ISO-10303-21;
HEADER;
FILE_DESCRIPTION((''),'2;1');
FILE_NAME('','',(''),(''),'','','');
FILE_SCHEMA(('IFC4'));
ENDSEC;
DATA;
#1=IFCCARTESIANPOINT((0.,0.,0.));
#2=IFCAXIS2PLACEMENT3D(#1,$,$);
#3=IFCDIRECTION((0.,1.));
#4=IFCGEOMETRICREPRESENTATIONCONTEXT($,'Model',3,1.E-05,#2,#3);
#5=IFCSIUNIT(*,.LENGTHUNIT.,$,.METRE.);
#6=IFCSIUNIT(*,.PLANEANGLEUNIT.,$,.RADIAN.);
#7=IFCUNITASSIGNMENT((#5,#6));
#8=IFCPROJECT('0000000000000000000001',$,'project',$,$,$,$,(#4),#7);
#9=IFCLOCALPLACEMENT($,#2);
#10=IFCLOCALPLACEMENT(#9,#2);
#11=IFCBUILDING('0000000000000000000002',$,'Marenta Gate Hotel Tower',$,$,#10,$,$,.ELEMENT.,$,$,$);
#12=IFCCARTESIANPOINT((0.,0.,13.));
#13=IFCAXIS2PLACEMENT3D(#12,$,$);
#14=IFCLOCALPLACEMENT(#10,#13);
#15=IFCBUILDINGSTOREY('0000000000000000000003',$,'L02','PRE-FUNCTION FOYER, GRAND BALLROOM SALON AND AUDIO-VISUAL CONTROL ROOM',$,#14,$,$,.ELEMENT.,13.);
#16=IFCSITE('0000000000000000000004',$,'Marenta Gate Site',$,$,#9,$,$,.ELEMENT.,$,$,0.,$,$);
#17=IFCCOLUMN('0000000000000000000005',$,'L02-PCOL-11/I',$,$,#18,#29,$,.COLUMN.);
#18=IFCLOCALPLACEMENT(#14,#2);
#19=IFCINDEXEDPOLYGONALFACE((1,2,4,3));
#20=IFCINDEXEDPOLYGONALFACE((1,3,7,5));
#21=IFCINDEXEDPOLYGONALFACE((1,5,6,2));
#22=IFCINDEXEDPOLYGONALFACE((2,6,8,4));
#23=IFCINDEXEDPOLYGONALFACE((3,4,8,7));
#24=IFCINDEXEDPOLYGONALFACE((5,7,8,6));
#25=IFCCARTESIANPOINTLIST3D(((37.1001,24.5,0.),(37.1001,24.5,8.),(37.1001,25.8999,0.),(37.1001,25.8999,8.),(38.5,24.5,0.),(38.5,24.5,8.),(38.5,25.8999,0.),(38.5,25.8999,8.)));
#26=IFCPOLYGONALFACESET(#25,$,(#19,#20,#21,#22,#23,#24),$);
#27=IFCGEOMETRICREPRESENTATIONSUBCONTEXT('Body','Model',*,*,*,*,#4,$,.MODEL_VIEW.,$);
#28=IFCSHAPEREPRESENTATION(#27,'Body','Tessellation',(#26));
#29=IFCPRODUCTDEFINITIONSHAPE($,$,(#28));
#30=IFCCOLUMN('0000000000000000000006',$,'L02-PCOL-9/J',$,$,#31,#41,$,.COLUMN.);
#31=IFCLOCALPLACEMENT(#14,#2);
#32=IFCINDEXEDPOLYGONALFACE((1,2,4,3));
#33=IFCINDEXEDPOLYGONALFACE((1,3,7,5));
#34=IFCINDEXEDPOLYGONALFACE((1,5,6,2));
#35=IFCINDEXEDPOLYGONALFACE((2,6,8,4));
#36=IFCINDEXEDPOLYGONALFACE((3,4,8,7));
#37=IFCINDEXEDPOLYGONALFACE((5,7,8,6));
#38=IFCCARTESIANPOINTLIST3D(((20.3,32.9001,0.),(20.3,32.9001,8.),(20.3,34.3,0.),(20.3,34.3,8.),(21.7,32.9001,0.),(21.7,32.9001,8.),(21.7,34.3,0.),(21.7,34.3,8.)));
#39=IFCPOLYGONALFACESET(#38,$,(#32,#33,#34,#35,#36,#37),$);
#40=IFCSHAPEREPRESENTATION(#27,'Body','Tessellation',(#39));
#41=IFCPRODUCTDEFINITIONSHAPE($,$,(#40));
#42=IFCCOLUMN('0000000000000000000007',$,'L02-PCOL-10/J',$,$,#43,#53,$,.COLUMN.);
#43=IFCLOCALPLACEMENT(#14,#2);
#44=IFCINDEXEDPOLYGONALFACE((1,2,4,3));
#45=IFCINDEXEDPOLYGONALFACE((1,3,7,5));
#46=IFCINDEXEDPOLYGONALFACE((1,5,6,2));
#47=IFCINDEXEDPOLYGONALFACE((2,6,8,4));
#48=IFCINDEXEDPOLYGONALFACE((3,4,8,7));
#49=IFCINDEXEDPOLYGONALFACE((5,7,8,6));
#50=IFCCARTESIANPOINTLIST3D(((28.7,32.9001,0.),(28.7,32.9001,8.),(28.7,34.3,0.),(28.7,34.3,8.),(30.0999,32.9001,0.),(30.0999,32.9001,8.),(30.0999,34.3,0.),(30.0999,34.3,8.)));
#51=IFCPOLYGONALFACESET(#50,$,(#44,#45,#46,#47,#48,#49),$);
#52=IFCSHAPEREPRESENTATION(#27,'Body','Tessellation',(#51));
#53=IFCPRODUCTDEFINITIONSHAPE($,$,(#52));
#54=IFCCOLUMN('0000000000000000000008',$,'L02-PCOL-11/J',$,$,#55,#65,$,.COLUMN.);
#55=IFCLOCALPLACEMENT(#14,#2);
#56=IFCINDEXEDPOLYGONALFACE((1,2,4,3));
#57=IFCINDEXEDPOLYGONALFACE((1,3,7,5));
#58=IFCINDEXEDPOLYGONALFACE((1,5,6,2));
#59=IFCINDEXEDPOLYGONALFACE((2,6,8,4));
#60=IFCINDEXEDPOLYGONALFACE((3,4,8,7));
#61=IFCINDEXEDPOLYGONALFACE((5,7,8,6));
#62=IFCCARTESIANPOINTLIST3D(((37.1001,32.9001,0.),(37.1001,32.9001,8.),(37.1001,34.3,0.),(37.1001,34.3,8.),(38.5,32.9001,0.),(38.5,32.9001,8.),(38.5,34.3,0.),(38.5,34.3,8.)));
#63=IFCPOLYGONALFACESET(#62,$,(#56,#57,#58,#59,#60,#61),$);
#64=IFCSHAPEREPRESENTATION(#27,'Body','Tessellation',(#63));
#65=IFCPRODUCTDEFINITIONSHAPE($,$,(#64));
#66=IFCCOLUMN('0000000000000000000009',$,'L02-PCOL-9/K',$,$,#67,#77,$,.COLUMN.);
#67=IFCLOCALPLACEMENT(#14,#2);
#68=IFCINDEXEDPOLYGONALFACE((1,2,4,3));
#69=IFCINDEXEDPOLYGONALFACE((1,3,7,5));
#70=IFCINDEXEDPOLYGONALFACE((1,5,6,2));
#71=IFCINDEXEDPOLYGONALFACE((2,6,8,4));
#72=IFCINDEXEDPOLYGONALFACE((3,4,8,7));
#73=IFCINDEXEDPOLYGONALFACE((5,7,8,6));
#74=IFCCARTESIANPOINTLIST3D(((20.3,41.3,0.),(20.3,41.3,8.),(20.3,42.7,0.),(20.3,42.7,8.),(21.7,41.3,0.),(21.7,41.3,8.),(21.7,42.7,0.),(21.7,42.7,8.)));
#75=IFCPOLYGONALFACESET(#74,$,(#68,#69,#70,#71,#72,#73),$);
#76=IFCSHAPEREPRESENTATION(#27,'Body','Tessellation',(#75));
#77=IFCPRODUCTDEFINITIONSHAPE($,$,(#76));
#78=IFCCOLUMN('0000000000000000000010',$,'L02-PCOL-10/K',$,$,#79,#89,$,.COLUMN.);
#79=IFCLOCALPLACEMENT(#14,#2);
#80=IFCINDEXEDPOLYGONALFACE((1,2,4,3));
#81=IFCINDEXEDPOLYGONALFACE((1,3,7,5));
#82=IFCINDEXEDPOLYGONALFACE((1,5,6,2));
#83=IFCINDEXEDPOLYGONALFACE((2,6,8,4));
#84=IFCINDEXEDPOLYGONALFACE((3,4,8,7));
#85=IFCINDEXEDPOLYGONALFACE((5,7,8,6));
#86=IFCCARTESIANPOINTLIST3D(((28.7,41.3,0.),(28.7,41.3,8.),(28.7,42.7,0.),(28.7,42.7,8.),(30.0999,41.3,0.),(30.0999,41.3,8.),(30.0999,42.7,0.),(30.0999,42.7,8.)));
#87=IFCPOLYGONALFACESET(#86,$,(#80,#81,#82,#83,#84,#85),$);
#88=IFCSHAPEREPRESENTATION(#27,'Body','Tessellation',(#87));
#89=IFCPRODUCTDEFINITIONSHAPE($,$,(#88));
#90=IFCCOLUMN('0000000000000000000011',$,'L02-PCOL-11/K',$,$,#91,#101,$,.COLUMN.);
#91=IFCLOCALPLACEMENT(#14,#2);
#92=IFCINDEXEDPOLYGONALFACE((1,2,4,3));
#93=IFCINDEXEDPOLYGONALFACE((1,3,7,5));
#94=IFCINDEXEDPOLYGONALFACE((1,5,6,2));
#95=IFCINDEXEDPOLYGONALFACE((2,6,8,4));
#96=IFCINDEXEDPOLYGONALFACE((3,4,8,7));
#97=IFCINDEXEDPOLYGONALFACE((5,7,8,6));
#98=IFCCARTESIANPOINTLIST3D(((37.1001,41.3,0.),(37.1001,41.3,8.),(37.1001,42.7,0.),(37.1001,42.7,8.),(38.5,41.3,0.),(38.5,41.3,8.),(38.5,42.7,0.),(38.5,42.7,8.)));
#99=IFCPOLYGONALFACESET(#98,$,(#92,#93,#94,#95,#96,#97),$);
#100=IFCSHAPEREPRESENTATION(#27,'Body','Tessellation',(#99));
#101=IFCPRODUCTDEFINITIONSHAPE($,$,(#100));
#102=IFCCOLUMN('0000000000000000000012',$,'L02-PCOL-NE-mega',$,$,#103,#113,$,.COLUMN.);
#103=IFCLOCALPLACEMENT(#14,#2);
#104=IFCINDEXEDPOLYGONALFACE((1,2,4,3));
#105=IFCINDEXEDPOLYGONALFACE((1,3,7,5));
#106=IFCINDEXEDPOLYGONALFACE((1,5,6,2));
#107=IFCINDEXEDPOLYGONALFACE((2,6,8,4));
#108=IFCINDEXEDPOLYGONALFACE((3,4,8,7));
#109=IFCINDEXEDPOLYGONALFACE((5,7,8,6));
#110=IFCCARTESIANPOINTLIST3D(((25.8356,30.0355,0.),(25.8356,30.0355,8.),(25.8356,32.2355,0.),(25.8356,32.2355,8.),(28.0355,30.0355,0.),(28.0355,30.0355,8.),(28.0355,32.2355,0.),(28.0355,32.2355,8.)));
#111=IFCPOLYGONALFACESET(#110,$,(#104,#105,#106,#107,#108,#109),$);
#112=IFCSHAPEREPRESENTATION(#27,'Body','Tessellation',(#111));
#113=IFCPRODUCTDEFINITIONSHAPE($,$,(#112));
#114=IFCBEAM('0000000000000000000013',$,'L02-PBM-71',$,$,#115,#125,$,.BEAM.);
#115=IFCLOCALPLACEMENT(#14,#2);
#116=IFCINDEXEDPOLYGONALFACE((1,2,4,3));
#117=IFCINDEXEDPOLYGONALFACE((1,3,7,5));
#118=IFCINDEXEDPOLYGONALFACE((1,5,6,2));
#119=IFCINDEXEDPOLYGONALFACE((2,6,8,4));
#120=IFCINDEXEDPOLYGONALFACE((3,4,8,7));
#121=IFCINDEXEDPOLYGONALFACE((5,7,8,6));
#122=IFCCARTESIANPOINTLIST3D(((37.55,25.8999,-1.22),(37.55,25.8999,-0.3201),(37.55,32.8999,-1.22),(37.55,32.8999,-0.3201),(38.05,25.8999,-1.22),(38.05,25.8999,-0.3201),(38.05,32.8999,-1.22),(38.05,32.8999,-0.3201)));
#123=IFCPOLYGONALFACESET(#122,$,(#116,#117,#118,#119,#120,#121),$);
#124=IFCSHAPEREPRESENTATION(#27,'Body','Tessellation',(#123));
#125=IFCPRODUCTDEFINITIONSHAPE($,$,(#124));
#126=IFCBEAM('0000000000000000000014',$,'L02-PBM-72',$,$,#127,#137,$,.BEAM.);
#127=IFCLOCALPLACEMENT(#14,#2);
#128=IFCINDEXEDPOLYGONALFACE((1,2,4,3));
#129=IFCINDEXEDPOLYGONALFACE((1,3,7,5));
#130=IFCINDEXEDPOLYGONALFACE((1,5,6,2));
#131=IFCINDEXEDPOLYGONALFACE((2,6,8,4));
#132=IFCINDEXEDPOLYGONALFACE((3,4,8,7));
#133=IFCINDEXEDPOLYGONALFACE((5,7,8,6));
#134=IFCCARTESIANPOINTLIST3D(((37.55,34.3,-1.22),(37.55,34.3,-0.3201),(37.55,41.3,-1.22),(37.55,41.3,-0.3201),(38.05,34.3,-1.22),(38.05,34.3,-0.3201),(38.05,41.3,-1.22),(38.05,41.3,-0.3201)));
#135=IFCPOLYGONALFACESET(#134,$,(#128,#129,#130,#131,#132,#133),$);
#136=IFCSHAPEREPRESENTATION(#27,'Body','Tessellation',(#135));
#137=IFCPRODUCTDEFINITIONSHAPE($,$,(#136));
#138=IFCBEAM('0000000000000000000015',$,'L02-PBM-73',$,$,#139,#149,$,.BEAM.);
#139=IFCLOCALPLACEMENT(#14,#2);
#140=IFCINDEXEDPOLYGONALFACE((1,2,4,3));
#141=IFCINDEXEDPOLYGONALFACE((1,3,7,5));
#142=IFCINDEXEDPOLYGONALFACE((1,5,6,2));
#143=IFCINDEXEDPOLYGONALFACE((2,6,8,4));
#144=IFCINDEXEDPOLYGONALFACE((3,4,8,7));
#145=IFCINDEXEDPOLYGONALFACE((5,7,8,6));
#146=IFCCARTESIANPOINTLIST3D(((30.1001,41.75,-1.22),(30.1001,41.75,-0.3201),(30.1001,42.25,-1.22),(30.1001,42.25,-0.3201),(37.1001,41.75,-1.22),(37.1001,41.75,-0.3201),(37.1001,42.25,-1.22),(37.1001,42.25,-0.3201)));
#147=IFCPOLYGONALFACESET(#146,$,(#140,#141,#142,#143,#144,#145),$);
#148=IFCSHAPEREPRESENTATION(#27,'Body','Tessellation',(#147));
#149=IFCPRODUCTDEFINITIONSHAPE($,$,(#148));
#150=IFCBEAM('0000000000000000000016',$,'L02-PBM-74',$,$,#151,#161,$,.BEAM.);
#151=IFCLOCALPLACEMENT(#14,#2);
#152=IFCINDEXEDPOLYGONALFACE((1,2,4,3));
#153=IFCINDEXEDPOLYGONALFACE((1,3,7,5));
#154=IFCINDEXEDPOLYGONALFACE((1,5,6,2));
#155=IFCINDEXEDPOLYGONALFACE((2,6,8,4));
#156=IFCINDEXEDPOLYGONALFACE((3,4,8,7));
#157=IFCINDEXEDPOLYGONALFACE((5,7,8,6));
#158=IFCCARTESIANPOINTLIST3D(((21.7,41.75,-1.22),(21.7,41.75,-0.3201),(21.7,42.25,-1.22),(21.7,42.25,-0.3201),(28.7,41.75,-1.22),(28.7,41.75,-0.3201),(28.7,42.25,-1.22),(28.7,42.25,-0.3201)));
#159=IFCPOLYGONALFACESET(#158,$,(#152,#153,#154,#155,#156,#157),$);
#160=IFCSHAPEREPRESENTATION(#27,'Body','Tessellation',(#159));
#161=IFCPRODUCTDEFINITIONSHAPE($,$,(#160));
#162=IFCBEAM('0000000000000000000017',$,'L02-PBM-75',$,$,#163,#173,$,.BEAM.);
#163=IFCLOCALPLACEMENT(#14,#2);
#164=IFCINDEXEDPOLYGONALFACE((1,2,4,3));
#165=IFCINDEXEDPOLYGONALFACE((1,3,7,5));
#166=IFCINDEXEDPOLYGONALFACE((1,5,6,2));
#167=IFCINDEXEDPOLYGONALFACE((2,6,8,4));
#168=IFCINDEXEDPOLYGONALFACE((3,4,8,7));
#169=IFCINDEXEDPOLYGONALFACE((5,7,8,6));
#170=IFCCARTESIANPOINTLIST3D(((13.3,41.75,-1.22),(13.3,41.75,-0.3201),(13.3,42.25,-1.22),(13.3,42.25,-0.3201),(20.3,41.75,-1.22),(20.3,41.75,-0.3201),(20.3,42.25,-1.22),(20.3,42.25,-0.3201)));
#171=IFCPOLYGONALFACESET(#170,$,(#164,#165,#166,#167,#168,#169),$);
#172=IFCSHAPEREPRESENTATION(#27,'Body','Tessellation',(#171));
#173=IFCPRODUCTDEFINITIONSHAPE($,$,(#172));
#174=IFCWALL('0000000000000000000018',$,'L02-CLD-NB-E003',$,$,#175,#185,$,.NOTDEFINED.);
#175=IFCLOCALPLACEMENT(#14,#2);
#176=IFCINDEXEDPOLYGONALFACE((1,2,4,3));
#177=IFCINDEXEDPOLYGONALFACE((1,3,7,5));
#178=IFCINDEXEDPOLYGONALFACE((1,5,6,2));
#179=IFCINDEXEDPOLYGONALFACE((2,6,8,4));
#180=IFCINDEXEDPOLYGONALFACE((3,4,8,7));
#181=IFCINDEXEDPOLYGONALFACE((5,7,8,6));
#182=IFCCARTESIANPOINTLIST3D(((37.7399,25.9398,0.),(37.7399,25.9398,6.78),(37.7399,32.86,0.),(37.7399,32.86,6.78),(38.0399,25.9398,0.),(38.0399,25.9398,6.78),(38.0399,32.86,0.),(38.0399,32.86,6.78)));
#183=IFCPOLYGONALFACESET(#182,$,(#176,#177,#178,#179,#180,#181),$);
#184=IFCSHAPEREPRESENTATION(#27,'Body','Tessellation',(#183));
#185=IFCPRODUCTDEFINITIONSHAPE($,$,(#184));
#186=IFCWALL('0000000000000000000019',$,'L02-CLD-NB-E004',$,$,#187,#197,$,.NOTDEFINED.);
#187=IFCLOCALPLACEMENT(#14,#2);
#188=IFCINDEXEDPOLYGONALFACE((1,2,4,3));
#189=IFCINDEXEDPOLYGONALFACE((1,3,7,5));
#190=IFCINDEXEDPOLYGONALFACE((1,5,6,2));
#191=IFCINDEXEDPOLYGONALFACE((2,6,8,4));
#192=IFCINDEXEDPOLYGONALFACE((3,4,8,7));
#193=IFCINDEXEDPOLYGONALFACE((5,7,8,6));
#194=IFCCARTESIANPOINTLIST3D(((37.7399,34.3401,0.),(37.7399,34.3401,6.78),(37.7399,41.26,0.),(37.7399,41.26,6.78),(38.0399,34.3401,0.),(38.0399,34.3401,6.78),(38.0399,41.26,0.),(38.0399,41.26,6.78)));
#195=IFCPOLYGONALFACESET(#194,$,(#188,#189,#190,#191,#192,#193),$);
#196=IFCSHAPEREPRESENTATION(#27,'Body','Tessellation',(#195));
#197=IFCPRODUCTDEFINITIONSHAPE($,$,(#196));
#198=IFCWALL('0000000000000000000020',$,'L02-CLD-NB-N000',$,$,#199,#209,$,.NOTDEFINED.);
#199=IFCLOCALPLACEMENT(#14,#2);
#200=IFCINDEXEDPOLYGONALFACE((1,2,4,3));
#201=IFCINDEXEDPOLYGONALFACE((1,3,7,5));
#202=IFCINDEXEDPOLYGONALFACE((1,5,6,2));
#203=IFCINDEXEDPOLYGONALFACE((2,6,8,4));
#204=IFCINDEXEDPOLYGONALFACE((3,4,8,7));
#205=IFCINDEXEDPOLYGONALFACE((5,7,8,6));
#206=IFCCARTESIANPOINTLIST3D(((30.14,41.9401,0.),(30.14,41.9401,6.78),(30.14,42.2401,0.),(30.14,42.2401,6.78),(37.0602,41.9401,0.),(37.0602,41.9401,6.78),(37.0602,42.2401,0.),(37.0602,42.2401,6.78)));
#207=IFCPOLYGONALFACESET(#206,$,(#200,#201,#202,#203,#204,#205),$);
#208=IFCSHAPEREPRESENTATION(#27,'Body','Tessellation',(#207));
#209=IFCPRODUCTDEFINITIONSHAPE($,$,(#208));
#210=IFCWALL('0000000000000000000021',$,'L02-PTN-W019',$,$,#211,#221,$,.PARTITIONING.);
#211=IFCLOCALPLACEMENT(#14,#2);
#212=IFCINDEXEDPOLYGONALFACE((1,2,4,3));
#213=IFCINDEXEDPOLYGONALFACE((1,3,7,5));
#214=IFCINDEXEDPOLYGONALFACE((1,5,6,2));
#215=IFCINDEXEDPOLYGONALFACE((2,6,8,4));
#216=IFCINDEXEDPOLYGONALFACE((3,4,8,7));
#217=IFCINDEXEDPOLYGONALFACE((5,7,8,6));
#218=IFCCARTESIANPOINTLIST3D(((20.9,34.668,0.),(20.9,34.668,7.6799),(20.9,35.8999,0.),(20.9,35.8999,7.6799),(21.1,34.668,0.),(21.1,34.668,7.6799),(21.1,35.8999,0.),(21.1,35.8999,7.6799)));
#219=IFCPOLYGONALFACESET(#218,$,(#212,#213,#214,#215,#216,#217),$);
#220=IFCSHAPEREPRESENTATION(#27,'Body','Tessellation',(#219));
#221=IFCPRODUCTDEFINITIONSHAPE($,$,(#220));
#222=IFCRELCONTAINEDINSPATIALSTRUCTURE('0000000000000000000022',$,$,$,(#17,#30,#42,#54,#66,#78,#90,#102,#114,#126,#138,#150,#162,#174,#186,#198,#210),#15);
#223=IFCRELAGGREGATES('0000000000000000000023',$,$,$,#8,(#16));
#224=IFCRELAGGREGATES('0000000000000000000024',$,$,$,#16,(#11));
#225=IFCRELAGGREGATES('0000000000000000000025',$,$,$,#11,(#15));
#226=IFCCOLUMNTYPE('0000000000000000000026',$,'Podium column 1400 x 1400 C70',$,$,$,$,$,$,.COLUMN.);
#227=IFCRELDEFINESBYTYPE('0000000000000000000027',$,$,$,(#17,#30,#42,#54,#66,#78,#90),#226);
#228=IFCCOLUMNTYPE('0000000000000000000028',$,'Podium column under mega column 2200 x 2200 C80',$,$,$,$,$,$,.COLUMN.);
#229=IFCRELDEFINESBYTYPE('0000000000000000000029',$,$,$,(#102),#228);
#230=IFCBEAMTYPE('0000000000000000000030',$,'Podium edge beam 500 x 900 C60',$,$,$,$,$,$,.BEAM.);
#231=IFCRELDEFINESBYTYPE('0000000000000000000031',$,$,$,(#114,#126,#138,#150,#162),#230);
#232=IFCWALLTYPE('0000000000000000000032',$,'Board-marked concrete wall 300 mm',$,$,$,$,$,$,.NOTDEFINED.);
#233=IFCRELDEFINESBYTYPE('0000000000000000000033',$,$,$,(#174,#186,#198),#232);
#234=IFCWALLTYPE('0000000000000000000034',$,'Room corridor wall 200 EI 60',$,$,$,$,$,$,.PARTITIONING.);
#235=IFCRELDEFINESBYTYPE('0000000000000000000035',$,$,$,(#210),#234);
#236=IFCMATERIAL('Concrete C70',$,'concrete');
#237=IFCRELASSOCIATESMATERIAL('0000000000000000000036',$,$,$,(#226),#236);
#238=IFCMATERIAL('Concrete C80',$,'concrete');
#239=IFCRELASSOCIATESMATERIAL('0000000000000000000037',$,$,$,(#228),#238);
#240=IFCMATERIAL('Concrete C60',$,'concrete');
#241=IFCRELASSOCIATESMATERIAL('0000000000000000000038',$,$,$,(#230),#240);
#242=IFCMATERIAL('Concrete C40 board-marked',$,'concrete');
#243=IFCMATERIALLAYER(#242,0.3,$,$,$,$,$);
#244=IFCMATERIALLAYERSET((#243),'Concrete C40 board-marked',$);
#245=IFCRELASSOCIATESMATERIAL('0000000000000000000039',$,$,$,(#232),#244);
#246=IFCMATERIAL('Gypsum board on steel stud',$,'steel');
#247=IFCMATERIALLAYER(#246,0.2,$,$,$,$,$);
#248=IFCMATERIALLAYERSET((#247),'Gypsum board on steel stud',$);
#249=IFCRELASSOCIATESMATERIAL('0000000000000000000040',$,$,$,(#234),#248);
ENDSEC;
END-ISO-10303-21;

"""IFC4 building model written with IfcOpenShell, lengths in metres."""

from ifc_helpers import new_model, si_unit, direction, frame, frame_2d, origin, origin_2d, place, context, subcontext, project, spatial, rectangle, extrude, material, layer, layer_set, material_profile, profile_set, type_object, element, save


model = new_model("IFC4")

# Units and contexts
model_context = context("Model", 3, precision=1e-05, world=origin(), true_north=direction((0.0, 1.0)))
body_context = subcontext(model_context, "Body", "Model", "MODEL_VIEW")
ifc_project = project(units=[si_unit("LENGTHUNIT", "METRE"), si_unit("PLANEANGLEUNIT", "RADIAN")], contexts=[model_context])

# Site, building, storey
site_placement = place(None, origin())
site = spatial("IfcSite", under=ifc_project, at=site_placement, Name="Marenta Gate Site", CompositionType="ELEMENT", RefElevation=0.0)
building_placement = place(site_placement, origin())
building = spatial("IfcBuilding", under=site, at=building_placement, Name="Marenta Gate Hotel Tower", CompositionType="ELEMENT")
storey_placement = place(building_placement, frame((0.0, 0.0, 13.0)))
storey = spatial("IfcBuildingStorey", under=building, at=storey_placement, Name="L02", Description="PRE-FUNCTION FOYER, GRAND BALLROOM SALON AND AUDIO-VISUAL CONTROL ROOM", CompositionType="ELEMENT", Elevation=13.0)

# Columns
ifc_material_1 = material(Name="Concrete C70", Category="concrete")
ifc_material_profile_1 = material_profile(ifc_material_1, rectangle(XDim=1.3999, YDim=1.3999, at=origin_2d()), Name="1400 x 1400")
ifc_profile_set_1 = profile_set([ifc_material_profile_1], Name="Concrete C70")
column_type_1 = type_object("IfcColumnType", Name="Podium column 1400 x 1400 C70", PredefinedType="COLUMN", material=ifc_profile_set_1)
for number, where, z_axis, x_axis, name in (
    (1, (37.8, 25.2, 0.0), (0.0, 0.0, 1.0), (1.0, 0.0, 0.0), "L02-PCOL-11/I"),
    (2, (21.0, 33.6001, 0.0), (0.0, 0.0, 1.0), (1.0, 0.0, 0.0), "L02-PCOL-9/J"),
    (3, (29.3999, 33.6001, 0.0), (0.0, 0.0, 1.0), (1.0, 0.0, 0.0), "L02-PCOL-10/J"),
    (4, (37.8, 33.6001, 0.0), (0.0, 0.0, 1.0), (1.0, 0.0, 0.0), "L02-PCOL-11/J"),
    (5, (21.0, 42.0, 0.0), (0.0, 0.0, 1.0), (1.0, 0.0, 0.0), "L02-PCOL-9/K"),
    (6, (29.3999, 42.0, 0.0), (0.0, 0.0, 1.0), (1.0, 0.0, 0.0), "L02-PCOL-10/K"),
    (7, (37.8, 42.0, 0.0), (0.0, 0.0, 1.0), (1.0, 0.0, 0.0), "L02-PCOL-11/K"),
):
    element("IfcColumn", number, at=place(storey_placement, frame(where, z_axis=z_axis, x_axis=x_axis)), inside=storey, type_object=column_type_1, Name=name, PredefinedType="COLUMN", context=body_context, shape_type="SweptSolid", body=[
        extrude(rectangle(XDim=1.3999, YDim=1.3999, at=origin_2d()), origin(), (0.0, 0.0, 1.0), 8.0),
    ])
ifc_material_2 = material(Name="Concrete C80", Category="concrete")
ifc_material_profile_2 = material_profile(ifc_material_2, rectangle(XDim=2.2, YDim=2.2, at=origin_2d()), Name="2200 x 2200")
ifc_profile_set_2 = profile_set([ifc_material_profile_2], Name="Concrete C80")
column_type_2 = type_object("IfcColumnType", Name="Podium column under mega column 2200 x 2200 C80", PredefinedType="COLUMN", material=ifc_profile_set_2)
column_placement = place(storey_placement, frame((26.9355, 31.1355, 0.0), z_axis=(0.0, 0.0, 1.0), x_axis=(1.0, 0.0, 0.0)))
element("IfcColumn", 8, at=column_placement, inside=storey, type_object=column_type_2, Name="L02-PCOL-NE-mega", PredefinedType="COLUMN", context=body_context, shape_type="SweptSolid", body=[
    extrude(rectangle(XDim=2.2, YDim=2.2, at=origin_2d()), origin(), (0.0, 0.0, 1.0), 8.0),
])

# Beams
ifc_material_3 = material(Name="Concrete C60", Category="concrete")
ifc_material_profile_3 = material_profile(ifc_material_3, rectangle(XDim=0.5, YDim=0.8999, at=origin_2d()), Name="500 x 900")
ifc_profile_set_3 = profile_set([ifc_material_profile_3], Name="Concrete C60")
beam_type = type_object("IfcBeamType", Name="Podium edge beam 500 x 900 C60", PredefinedType="BEAM", material=ifc_profile_set_3)
for number, where, z_axis, x_axis, name in (
    (9, (37.8, 25.8999, -0.77), (0.0, 1.0, 0.0), (-1.0, 0.0, 0.0), "L02-PBM-71"),
    (10, (37.8, 34.3, -0.77), (0.0, 1.0, 0.0), (-1.0, 0.0, 0.0), "L02-PBM-72"),
    (11, (37.1001, 42.0, -0.77), (-1.0, 0.0, 0.0), (0.0, -1.0, 0.0), "L02-PBM-73"),
    (12, (28.7, 42.0, -0.77), (-1.0, 0.0, 0.0), (0.0, -1.0, 0.0), "L02-PBM-74"),
    (13, (20.3, 42.0, -0.77), (-1.0, 0.0, 0.0), (0.0, -1.0, 0.0), "L02-PBM-75"),
):
    element("IfcBeam", number, at=place(storey_placement, frame(where, z_axis=z_axis, x_axis=x_axis)), inside=storey, type_object=beam_type, Name=name, PredefinedType="BEAM", context=body_context, shape_type="SweptSolid", body=[
        extrude(rectangle(XDim=0.5, YDim=0.8999, at=origin_2d()), origin(), (0.0, 0.0, 1.0), 7.0),
    ])

# Walls
ifc_material_4 = material(Name="Concrete C40 board-marked", Category="concrete")
ifc_layer_1 = layer(ifc_material_4, 0.3)
ifc_layer_set_1 = layer_set([ifc_layer_1], Name="Concrete C40 board-marked")
wall_type_1 = type_object("IfcWallType", Name="Board-marked concrete wall 300 mm", PredefinedType="NOTDEFINED", material=ifc_layer_set_1)
wall_1_placement = place(storey_placement, frame((37.8899, 25.9399, 0.0), z_axis=(0.0, 0.0, 1.0), x_axis=(0.0, 1.0, 0.0)))
element("IfcWall", 14, at=wall_1_placement, inside=storey, type_object=wall_type_1, Name="L02-CLD-NB-E003", PredefinedType="NOTDEFINED", context=body_context, shape_type="SweptSolid", body=[
    extrude(rectangle(XDim=6.9202, YDim=0.3, at=frame_2d((3.46, 0.0))), origin(), (0.0, 0.0, 1.0), 6.78),
])
wall_2_placement = place(storey_placement, frame((37.8899, 34.3401, 0.0), z_axis=(0.0, 0.0, 1.0), x_axis=(0.0, 1.0, 0.0)))
element("IfcWall", 15, at=wall_2_placement, inside=storey, type_object=wall_type_1, Name="L02-CLD-NB-E004", PredefinedType="NOTDEFINED", context=body_context, shape_type="SweptSolid", body=[
    extrude(rectangle(XDim=6.9199, YDim=0.3, at=frame_2d((3.46, 0.0))), origin(), (0.0, 0.0, 1.0), 6.78),
])
wall_3_placement = place(storey_placement, frame((37.0601, 42.0901, 0.0), z_axis=(0.0, 0.0, 1.0), x_axis=(-1.0, 0.0, 0.0)))
element("IfcWall", 16, at=wall_3_placement, inside=storey, type_object=wall_type_1, Name="L02-CLD-NB-N000", PredefinedType="NOTDEFINED", context=body_context, shape_type="SweptSolid", body=[
    extrude(rectangle(XDim=6.9202, YDim=0.3, at=frame_2d((3.46, 0.0))), origin(), (0.0, 0.0, 1.0), 6.78),
])

# Wall
ifc_material_5 = material(Name="Gypsum board on steel stud", Category="steel")
ifc_layer_2 = layer(ifc_material_5, 0.2)
ifc_layer_set_2 = layer_set([ifc_layer_2], Name="Gypsum board on steel stud")
wall_type_2 = type_object("IfcWallType", Name="Room corridor wall 200 EI 60", PredefinedType="PARTITIONING", material=ifc_layer_set_2)
wall_4_placement = place(storey_placement, frame((21.0, 34.668, 0.0), z_axis=(0.0, 0.0, 1.0), x_axis=(0.0, 1.0, 0.0)))
element("IfcWall", 17, at=wall_4_placement, inside=storey, type_object=wall_type_2, Name="L02-PTN-W019", PredefinedType="PARTITIONING", context=body_context, shape_type="SweptSolid", body=[
    extrude(rectangle(XDim=1.2319, YDim=0.2, at=frame_2d((0.616, 0.0))), origin(), (0.0, 0.0, 1.0), 7.6799),
])

save(model, "model.ifc")
